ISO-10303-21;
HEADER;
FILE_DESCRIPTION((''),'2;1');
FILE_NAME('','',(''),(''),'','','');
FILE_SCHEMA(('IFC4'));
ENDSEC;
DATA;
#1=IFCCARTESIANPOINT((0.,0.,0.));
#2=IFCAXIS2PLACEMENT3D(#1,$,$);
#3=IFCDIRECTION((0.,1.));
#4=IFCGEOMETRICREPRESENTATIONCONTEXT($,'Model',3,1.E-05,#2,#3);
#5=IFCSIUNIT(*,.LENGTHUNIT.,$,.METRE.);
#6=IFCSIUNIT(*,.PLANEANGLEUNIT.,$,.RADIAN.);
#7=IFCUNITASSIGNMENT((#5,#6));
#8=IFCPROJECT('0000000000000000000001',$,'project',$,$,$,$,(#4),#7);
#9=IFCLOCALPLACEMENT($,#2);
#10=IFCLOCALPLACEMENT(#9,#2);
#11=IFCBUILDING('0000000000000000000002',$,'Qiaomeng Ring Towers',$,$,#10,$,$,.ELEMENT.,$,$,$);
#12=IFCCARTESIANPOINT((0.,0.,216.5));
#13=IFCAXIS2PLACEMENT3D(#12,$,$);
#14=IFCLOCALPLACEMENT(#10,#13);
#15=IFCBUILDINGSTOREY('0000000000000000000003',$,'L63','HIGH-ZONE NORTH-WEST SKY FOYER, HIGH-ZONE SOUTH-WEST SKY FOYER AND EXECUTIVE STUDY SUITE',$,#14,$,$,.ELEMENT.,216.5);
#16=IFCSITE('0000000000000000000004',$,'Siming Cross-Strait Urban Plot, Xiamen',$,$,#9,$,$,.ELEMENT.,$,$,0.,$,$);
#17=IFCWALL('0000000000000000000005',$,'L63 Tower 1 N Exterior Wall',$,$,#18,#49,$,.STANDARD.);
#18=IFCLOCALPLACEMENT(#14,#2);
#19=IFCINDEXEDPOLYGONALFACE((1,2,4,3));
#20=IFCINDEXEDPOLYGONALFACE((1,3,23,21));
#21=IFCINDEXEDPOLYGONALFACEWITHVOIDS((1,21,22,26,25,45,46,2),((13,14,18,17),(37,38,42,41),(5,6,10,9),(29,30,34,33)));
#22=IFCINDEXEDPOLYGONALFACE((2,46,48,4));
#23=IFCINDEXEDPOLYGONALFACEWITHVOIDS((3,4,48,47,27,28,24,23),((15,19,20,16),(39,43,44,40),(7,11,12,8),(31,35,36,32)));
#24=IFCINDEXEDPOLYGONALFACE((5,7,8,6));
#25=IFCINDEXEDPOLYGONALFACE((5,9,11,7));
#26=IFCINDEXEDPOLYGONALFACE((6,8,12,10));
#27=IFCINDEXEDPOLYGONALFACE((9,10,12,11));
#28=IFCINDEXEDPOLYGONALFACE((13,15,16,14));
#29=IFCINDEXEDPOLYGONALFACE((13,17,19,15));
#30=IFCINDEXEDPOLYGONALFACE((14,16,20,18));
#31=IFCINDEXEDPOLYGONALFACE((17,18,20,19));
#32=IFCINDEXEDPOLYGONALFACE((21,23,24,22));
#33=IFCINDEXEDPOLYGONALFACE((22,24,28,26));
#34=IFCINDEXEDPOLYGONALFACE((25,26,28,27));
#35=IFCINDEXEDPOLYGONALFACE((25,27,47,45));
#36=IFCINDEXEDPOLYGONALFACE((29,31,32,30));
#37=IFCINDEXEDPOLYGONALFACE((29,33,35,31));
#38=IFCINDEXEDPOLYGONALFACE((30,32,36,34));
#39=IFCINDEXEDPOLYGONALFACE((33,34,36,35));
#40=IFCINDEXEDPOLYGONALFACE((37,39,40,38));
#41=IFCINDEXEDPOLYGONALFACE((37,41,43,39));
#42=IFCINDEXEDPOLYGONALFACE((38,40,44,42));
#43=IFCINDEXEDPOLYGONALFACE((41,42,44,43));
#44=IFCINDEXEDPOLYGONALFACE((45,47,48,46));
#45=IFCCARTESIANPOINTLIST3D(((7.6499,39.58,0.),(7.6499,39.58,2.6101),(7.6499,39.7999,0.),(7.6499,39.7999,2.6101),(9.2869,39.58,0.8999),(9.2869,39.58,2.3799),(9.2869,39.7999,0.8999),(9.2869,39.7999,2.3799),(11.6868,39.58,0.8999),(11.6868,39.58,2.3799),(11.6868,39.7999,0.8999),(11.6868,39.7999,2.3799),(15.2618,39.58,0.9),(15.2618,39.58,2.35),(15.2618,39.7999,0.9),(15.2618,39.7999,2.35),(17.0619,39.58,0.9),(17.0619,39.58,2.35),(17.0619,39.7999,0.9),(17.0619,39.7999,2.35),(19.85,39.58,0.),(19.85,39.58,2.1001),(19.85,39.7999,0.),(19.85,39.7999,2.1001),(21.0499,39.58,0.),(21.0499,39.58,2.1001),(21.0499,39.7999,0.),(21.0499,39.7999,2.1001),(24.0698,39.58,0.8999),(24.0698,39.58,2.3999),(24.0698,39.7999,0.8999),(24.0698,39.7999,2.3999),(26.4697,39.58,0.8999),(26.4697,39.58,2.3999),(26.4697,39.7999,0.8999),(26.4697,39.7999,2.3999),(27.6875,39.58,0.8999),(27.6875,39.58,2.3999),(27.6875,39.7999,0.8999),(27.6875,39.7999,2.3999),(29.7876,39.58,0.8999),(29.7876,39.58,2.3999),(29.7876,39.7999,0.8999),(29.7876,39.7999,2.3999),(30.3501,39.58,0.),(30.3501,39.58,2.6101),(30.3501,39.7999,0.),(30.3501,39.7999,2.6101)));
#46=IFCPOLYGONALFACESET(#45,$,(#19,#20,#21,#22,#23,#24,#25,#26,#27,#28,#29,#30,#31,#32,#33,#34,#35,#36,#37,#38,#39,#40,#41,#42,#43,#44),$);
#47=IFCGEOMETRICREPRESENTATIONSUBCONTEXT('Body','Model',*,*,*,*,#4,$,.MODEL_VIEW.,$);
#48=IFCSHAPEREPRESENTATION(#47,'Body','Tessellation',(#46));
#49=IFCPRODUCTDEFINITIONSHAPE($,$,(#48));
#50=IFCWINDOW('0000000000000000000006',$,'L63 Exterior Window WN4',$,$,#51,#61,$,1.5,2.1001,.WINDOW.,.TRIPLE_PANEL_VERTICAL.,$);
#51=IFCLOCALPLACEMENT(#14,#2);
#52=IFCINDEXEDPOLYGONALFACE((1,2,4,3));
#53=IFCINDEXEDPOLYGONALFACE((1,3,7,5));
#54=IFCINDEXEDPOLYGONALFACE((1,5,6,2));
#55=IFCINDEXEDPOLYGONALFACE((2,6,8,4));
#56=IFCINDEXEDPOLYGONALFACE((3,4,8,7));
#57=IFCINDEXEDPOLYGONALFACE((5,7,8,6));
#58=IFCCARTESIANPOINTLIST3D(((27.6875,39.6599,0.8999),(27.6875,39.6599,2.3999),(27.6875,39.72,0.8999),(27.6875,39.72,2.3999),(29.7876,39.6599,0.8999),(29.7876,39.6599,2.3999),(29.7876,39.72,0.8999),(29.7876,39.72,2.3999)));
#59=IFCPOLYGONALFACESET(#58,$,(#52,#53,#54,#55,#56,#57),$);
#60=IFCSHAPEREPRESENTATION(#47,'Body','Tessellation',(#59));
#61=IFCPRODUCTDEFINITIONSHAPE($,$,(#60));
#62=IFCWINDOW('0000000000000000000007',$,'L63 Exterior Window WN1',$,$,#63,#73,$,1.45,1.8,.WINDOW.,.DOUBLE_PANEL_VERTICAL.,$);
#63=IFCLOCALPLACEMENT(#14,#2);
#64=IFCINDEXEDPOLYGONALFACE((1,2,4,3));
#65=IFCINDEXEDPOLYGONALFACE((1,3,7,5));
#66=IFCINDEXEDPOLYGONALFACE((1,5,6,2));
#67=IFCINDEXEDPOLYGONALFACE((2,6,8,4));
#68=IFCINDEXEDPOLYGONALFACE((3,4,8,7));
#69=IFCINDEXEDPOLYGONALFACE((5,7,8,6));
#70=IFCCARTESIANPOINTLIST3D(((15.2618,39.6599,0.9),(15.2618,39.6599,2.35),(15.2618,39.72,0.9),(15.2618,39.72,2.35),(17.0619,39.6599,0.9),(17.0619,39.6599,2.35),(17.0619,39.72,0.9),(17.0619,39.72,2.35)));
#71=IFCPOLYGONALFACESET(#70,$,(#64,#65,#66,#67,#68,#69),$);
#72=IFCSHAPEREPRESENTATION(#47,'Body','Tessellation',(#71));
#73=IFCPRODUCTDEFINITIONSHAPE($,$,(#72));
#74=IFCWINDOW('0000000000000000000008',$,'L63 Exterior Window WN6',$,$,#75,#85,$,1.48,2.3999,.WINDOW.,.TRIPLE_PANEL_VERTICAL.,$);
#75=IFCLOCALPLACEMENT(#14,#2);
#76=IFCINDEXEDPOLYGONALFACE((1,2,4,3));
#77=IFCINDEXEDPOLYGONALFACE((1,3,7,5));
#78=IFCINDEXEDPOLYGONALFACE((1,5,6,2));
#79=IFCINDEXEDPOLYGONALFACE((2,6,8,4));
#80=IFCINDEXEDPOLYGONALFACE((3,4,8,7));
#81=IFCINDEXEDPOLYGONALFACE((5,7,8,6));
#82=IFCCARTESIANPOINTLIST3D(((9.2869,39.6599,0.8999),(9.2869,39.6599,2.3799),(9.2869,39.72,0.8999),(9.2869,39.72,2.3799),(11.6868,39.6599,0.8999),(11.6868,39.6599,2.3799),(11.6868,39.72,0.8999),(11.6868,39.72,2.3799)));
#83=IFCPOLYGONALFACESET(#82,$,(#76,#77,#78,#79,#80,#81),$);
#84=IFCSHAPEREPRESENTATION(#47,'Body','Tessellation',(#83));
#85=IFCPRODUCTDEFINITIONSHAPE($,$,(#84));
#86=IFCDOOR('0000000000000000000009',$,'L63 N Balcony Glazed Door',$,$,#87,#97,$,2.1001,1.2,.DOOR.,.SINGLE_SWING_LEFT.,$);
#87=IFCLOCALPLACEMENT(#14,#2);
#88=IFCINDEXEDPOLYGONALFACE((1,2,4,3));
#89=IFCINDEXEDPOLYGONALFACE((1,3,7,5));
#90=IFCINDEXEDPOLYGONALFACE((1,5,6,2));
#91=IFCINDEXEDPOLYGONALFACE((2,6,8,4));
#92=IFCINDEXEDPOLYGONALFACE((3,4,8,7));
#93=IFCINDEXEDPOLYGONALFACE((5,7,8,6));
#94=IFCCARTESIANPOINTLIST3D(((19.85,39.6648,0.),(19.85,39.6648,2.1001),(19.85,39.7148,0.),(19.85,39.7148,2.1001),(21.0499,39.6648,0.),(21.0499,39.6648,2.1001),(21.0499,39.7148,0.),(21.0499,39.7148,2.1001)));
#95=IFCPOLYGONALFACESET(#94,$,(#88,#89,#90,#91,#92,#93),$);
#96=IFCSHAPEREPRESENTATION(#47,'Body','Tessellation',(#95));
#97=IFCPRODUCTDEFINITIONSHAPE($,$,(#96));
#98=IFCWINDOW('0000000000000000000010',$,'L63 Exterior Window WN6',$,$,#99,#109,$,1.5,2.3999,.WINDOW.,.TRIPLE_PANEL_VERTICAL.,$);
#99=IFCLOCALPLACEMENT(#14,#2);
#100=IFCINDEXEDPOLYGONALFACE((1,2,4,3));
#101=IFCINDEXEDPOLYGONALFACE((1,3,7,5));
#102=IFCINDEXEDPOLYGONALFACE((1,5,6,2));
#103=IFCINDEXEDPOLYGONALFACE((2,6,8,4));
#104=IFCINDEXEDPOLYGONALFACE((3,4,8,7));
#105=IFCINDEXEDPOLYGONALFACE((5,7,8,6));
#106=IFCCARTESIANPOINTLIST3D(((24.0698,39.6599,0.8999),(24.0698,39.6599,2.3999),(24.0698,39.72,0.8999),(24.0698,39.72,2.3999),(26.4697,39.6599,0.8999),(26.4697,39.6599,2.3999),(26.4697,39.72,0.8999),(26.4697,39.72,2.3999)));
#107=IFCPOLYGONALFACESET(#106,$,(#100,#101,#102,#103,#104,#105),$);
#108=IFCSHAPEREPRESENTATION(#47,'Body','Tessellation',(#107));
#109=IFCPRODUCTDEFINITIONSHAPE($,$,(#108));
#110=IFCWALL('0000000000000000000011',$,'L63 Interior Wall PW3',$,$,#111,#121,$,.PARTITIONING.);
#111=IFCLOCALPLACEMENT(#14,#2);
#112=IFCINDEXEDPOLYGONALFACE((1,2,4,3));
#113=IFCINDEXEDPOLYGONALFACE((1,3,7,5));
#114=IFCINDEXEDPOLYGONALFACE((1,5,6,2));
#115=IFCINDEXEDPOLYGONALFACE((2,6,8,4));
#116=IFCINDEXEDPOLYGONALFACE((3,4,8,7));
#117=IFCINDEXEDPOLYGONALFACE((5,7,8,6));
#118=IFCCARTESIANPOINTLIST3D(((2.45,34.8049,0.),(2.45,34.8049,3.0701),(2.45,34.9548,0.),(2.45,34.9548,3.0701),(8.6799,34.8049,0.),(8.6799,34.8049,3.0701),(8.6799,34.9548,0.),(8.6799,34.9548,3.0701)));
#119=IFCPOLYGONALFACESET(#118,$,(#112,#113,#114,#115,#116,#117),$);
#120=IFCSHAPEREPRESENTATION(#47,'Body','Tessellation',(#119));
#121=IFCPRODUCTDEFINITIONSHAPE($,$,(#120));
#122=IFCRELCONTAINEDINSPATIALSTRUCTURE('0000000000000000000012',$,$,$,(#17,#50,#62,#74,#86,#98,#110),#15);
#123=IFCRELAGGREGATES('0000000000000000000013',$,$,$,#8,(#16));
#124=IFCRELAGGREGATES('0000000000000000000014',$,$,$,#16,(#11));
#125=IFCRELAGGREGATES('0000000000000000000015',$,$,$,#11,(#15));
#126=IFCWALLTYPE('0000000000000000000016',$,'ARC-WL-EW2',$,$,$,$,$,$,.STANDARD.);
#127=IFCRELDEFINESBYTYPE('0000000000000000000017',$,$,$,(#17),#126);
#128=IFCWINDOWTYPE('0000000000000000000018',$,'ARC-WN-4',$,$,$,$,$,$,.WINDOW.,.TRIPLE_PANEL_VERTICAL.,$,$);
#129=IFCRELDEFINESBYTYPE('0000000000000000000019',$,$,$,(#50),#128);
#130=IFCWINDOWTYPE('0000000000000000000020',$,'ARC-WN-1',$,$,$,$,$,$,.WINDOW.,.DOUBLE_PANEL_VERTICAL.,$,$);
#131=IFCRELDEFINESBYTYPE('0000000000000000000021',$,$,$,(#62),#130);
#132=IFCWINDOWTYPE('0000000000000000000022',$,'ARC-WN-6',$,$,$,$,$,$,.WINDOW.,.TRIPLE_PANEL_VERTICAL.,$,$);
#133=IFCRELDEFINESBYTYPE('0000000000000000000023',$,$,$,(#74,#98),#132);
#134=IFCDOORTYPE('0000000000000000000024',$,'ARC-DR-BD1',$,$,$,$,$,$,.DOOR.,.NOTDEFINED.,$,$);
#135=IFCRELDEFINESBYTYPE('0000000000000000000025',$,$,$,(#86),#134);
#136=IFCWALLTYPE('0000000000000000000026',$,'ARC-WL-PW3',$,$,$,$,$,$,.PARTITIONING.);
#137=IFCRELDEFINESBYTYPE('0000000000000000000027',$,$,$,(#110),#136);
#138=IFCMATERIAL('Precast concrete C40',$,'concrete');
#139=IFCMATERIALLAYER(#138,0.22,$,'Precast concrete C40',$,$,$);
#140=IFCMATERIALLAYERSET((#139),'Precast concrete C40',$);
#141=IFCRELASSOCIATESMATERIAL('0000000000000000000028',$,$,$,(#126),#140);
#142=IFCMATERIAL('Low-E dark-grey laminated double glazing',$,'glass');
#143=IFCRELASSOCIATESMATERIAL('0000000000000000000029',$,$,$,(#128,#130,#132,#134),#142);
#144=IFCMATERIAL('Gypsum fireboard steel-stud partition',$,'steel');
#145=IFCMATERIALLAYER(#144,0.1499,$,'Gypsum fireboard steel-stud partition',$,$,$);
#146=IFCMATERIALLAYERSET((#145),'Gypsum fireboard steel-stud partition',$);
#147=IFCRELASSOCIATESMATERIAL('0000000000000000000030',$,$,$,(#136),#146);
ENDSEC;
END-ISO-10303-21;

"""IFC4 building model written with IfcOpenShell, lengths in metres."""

from ifc_helpers import new_model, si_unit, direction, frame, frame_2d, origin, place, context, subcontext, project, spatial, rectangle, extrude, source, transform, mapped, material, layer, layer_set, type_object, element, fill, save


model = new_model("IFC4")

# Units and contexts
model_context = context("Model", 3, precision=1e-05, world=origin(), true_north=direction((0.0, 1.0)))
body_context = subcontext(model_context, "Body", "Model", "MODEL_VIEW")
ifc_project = project(units=[si_unit("LENGTHUNIT", "METRE"), si_unit("PLANEANGLEUNIT", "RADIAN")], contexts=[model_context])

# Site, building, storey
site_placement = place(None, origin())
site = spatial("IfcSite", under=ifc_project, at=site_placement, Name="Siming Cross-Strait Urban Plot, Xiamen", CompositionType="ELEMENT", RefElevation=0.0)
building_placement = place(site_placement, origin())
building = spatial("IfcBuilding", under=site, at=building_placement, Name="Qiaomeng Ring Towers", CompositionType="ELEMENT")
storey_placement = place(building_placement, frame((0.0, 0.0, 216.5)))
storey = spatial("IfcBuildingStorey", under=building, at=storey_placement, Name="L63", Description="HIGH-ZONE NORTH-WEST SKY FOYER, HIGH-ZONE SOUTH-WEST SKY FOYER AND EXECUTIVE STUDY SUITE", CompositionType="ELEMENT", Elevation=216.5)

# Shared definitions
ifc_material_1 = material(Name="Low-E dark-grey laminated double glazing", Category="glass")

# Wall, openings, windows, door
ifc_material_2 = material(Name="Precast concrete C40", Category="concrete")
ifc_layer_1 = layer(ifc_material_2, 0.22, Name="Precast concrete C40")
ifc_layer_set_1 = layer_set([ifc_layer_1], Name="Precast concrete C40")
wall_type_1 = type_object("IfcWallType", Name="ARC-WL-EW2", PredefinedType="STANDARD", material=ifc_layer_set_1)
wall_1_placement = place(storey_placement, frame((7.6499, 39.6899, 0.0), z_axis=(0.0, 0.0, 1.0), x_axis=(1.0, 0.0, 0.0)))
wall_1 = element("IfcWall", 1, at=wall_1_placement, inside=storey, type_object=wall_type_1, Name="L63 Tower 1 N Exterior Wall", PredefinedType="STANDARD", context=body_context, shape_type="SweptSolid", body=[
    extrude(rectangle(XDim=22.7002, YDim=0.22, at=frame_2d((11.3501, 0.0))), origin(), (0.0, 0.0, 1.0), 2.6101),
])
opening_1_placement = place(wall_1_placement, frame((12.2, 0.0, 0.0)))
opening_1 = element("IfcOpeningElement", 2, at=opening_1_placement, cuts=wall_1, PredefinedType="OPENING", context=body_context, shape_type="SweptSolid", body=[
    extrude(rectangle(XDim=1.2, YDim=2.1001, at=frame_2d((0.6001, 1.05))), frame((0.0, 0.1199, 0.0), z_axis=(0.0, -1.0, 0.0), x_axis=(1.0, 0.0, 0.0)), (0.0, 0.0, 1.0), 0.24),
])
opening_2_placement = place(wall_1_placement, frame((1.637, 0.0, 0.8999)))
opening_2 = element("IfcOpeningElement", 3, at=opening_2_placement, cuts=wall_1, PredefinedType="OPENING", context=body_context, shape_type="SweptSolid", body=[
    extrude(rectangle(XDim=2.3999, YDim=1.48, at=frame_2d((1.2, 0.74))), frame((0.0, 0.1199, 0.0), z_axis=(0.0, -1.0, 0.0), x_axis=(1.0, 0.0, 0.0)), (0.0, 0.0, 1.0), 0.24),
])
opening_3_placement = place(wall_1_placement, frame((7.6121, 0.0, 0.8999)))
opening_3 = element("IfcOpeningElement", 4, at=opening_3_placement, cuts=wall_1, PredefinedType="OPENING", context=body_context, shape_type="SweptSolid", body=[
    extrude(rectangle(XDim=1.8, YDim=1.45, at=frame_2d((0.8999, 0.7251))), frame((0.0, 0.1199, 0.0), z_axis=(0.0, -1.0, 0.0), x_axis=(1.0, 0.0, 0.0)), (0.0, 0.0, 1.0), 0.24),
])
opening_4_placement = place(wall_1_placement, frame((20.0376, 0.0, 0.8999)))
opening_4 = element("IfcOpeningElement", 5, at=opening_4_placement, cuts=wall_1, PredefinedType="OPENING", context=body_context, shape_type="SweptSolid", body=[
    extrude(rectangle(XDim=2.1001, YDim=1.5, at=frame_2d((1.05, 0.75))), frame((0.0, 0.1199, 0.0), z_axis=(0.0, -1.0, 0.0), x_axis=(1.0, 0.0, 0.0)), (0.0, 0.0, 1.0), 0.24),
])
opening_5_placement = place(wall_1_placement, frame((16.4199, 0.0, 0.8999)))
opening_5 = element("IfcOpeningElement", 6, at=opening_5_placement, cuts=wall_1, PredefinedType="OPENING", context=body_context, shape_type="SweptSolid", body=[
    extrude(rectangle(XDim=2.3999, YDim=1.5, at=frame_2d((1.2, 0.75))), frame((0.0, 0.1199, 0.0), z_axis=(0.0, -1.0, 0.0), x_axis=(1.0, 0.0, 0.0)), (0.0, 0.0, 1.0), 0.24),
])
window_type_1 = type_object("IfcWindowType", Name="ARC-WN-4", PartitioningType="TRIPLE_PANEL_VERTICAL", PredefinedType="WINDOW", material=ifc_material_1)
shared_shape_1 = source(origin(), body_context, "Body", "SweptSolid", [
    extrude(rectangle(XDim=2.1001, YDim=1.5, at=frame_2d((1.05, 0.75))), frame((0.0, 0.03, 0.0), z_axis=(0.0, -1.0, 0.0), x_axis=(1.0, 0.0, 0.0)), (0.0, 0.0, 1.0), 0.0601),
])
window_1_placement = place(opening_4_placement, origin())
window_1 = element("IfcWindow", 7, at=window_1_placement, inside=storey, type_object=window_type_1, Name="L63 Exterior Window WN4", OverallHeight=1.5, OverallWidth=2.1001, PartitioningType="TRIPLE_PANEL_VERTICAL", PredefinedType="WINDOW", context=body_context, shape_type="MappedRepresentation", body=[
    mapped(shared_shape_1, transform((0.0, 0.0, 0.0), x_axis=(1.0, 0.0, 0.0), y_axis=(0.0, 1.0, 0.0), z_axis=(0.0, 0.0, 1.0), scale=1.0)),
])
fill(opening_4, window_1)
window_type_2 = type_object("IfcWindowType", Name="ARC-WN-1", PartitioningType="DOUBLE_PANEL_VERTICAL", PredefinedType="WINDOW", material=ifc_material_1)
shared_shape_2 = source(origin(), body_context, "Body", "SweptSolid", [
    extrude(rectangle(XDim=1.8, YDim=1.45, at=frame_2d((0.8999, 0.7251))), frame((0.0, 0.03, 0.0), z_axis=(0.0, -1.0, 0.0), x_axis=(1.0, 0.0, 0.0)), (0.0, 0.0, 1.0), 0.0601),
])
window_2_placement = place(opening_3_placement, origin())
window_2 = element("IfcWindow", 8, at=window_2_placement, inside=storey, type_object=window_type_2, Name="L63 Exterior Window WN1", OverallHeight=1.45, OverallWidth=1.8, PartitioningType="DOUBLE_PANEL_VERTICAL", PredefinedType="WINDOW", context=body_context, shape_type="MappedRepresentation", body=[
    mapped(shared_shape_2, transform((0.0, 0.0, 0.0), x_axis=(1.0, 0.0, 0.0), y_axis=(0.0, 1.0, 0.0), z_axis=(0.0, 0.0, 1.0), scale=1.0)),
])
fill(opening_3, window_2)
window_type_3 = type_object("IfcWindowType", Name="ARC-WN-6", PartitioningType="TRIPLE_PANEL_VERTICAL", PredefinedType="WINDOW", material=ifc_material_1)
shared_shape_3 = source(origin(), body_context, "Body", "SweptSolid", [
    extrude(rectangle(XDim=2.3999, YDim=1.48, at=frame_2d((1.2, 0.74))), frame((0.0, 0.03, 0.0), z_axis=(0.0, -1.0, 0.0), x_axis=(1.0, 0.0, 0.0)), (0.0, 0.0, 1.0), 0.0601),
])
window_3_placement = place(opening_2_placement, origin())
window_3 = element("IfcWindow", 9, at=window_3_placement, inside=storey, type_object=window_type_3, Name="L63 Exterior Window WN6", OverallHeight=1.48, OverallWidth=2.3999, PartitioningType="TRIPLE_PANEL_VERTICAL", PredefinedType="WINDOW", context=body_context, shape_type="MappedRepresentation", body=[
    mapped(shared_shape_3, transform((0.0, 0.0, 0.0), x_axis=(1.0, 0.0, 0.0), y_axis=(0.0, 1.0, 0.0), z_axis=(0.0, 0.0, 1.0), scale=1.0)),
])
fill(opening_2, window_3)
door_type_1 = type_object("IfcDoorType", Name="ARC-DR-BD1", OperationType="NOTDEFINED", PredefinedType="DOOR", material=ifc_material_1)
shared_shape_4 = source(origin(), body_context, "Body", "SweptSolid", [
    extrude(rectangle(XDim=1.2, YDim=2.1001, at=frame_2d((0.6001, 1.05))), frame((0.0, 0.0249, 0.0), z_axis=(0.0, -1.0, 0.0), x_axis=(1.0, 0.0, 0.0)), (0.0, 0.0, 1.0), 0.05),
])
door_1_placement = place(opening_1_placement, origin())
door_1 = element("IfcDoor", 10, at=door_1_placement, inside=storey, type_object=door_type_1, Name="L63 N Balcony Glazed Door", OperationType="SINGLE_SWING_LEFT", OverallHeight=2.1001, OverallWidth=1.2, PredefinedType="DOOR", context=body_context, shape_type="MappedRepresentation", body=[
    mapped(shared_shape_4, transform((0.0, 0.0, 0.0), x_axis=(1.0, 0.0, 0.0), y_axis=(0.0, 1.0, 0.0), z_axis=(0.0, 0.0, 1.0), scale=1.0)),
])
fill(opening_1, door_1)
shared_shape_5 = source(origin(), body_context, "Body", "SweptSolid", [
    extrude(rectangle(XDim=2.3999, YDim=1.5, at=frame_2d((1.2, 0.75))), frame((0.0, 0.03, 0.0), z_axis=(0.0, -1.0, 0.0), x_axis=(1.0, 0.0, 0.0)), (0.0, 0.0, 1.0), 0.0601),
])
window_4_placement = place(opening_5_placement, origin())
window_4 = element("IfcWindow", 11, at=window_4_placement, inside=storey, type_object=window_type_3, Name="L63 Exterior Window WN6", OverallHeight=1.5, OverallWidth=2.3999, PartitioningType="TRIPLE_PANEL_VERTICAL", PredefinedType="WINDOW", context=body_context, shape_type="MappedRepresentation", body=[
    mapped(shared_shape_5, transform((0.0, 0.0, 0.0), x_axis=(1.0, 0.0, 0.0), y_axis=(0.0, 1.0, 0.0), z_axis=(0.0, 0.0, 1.0), scale=1.0)),
])
fill(opening_5, window_4)

# Wall
ifc_material_3 = material(Name="Gypsum fireboard steel-stud partition", Category="steel")
ifc_layer_2 = layer(ifc_material_3, 0.1499, Name="Gypsum fireboard steel-stud partition")
ifc_layer_set_2 = layer_set([ifc_layer_2], Name="Gypsum fireboard steel-stud partition")
wall_type_2 = type_object("IfcWallType", Name="ARC-WL-PW3", PredefinedType="PARTITIONING", material=ifc_layer_set_2)
wall_2_placement = place(storey_placement, frame((2.45, 34.8799, 0.0), z_axis=(0.0, 0.0, 1.0), x_axis=(1.0, 0.0, 0.0)))
element("IfcWall", 12, at=wall_2_placement, inside=storey, type_object=wall_type_2, Name="L63 Interior Wall PW3", PredefinedType="PARTITIONING", context=body_context, shape_type="SweptSolid", body=[
    extrude(rectangle(XDim=6.23, YDim=0.1499, at=frame_2d((3.115, 0.0))), origin(), (0.0, 0.0, 1.0), 3.0701),
])

save(model, "model.ifc")
